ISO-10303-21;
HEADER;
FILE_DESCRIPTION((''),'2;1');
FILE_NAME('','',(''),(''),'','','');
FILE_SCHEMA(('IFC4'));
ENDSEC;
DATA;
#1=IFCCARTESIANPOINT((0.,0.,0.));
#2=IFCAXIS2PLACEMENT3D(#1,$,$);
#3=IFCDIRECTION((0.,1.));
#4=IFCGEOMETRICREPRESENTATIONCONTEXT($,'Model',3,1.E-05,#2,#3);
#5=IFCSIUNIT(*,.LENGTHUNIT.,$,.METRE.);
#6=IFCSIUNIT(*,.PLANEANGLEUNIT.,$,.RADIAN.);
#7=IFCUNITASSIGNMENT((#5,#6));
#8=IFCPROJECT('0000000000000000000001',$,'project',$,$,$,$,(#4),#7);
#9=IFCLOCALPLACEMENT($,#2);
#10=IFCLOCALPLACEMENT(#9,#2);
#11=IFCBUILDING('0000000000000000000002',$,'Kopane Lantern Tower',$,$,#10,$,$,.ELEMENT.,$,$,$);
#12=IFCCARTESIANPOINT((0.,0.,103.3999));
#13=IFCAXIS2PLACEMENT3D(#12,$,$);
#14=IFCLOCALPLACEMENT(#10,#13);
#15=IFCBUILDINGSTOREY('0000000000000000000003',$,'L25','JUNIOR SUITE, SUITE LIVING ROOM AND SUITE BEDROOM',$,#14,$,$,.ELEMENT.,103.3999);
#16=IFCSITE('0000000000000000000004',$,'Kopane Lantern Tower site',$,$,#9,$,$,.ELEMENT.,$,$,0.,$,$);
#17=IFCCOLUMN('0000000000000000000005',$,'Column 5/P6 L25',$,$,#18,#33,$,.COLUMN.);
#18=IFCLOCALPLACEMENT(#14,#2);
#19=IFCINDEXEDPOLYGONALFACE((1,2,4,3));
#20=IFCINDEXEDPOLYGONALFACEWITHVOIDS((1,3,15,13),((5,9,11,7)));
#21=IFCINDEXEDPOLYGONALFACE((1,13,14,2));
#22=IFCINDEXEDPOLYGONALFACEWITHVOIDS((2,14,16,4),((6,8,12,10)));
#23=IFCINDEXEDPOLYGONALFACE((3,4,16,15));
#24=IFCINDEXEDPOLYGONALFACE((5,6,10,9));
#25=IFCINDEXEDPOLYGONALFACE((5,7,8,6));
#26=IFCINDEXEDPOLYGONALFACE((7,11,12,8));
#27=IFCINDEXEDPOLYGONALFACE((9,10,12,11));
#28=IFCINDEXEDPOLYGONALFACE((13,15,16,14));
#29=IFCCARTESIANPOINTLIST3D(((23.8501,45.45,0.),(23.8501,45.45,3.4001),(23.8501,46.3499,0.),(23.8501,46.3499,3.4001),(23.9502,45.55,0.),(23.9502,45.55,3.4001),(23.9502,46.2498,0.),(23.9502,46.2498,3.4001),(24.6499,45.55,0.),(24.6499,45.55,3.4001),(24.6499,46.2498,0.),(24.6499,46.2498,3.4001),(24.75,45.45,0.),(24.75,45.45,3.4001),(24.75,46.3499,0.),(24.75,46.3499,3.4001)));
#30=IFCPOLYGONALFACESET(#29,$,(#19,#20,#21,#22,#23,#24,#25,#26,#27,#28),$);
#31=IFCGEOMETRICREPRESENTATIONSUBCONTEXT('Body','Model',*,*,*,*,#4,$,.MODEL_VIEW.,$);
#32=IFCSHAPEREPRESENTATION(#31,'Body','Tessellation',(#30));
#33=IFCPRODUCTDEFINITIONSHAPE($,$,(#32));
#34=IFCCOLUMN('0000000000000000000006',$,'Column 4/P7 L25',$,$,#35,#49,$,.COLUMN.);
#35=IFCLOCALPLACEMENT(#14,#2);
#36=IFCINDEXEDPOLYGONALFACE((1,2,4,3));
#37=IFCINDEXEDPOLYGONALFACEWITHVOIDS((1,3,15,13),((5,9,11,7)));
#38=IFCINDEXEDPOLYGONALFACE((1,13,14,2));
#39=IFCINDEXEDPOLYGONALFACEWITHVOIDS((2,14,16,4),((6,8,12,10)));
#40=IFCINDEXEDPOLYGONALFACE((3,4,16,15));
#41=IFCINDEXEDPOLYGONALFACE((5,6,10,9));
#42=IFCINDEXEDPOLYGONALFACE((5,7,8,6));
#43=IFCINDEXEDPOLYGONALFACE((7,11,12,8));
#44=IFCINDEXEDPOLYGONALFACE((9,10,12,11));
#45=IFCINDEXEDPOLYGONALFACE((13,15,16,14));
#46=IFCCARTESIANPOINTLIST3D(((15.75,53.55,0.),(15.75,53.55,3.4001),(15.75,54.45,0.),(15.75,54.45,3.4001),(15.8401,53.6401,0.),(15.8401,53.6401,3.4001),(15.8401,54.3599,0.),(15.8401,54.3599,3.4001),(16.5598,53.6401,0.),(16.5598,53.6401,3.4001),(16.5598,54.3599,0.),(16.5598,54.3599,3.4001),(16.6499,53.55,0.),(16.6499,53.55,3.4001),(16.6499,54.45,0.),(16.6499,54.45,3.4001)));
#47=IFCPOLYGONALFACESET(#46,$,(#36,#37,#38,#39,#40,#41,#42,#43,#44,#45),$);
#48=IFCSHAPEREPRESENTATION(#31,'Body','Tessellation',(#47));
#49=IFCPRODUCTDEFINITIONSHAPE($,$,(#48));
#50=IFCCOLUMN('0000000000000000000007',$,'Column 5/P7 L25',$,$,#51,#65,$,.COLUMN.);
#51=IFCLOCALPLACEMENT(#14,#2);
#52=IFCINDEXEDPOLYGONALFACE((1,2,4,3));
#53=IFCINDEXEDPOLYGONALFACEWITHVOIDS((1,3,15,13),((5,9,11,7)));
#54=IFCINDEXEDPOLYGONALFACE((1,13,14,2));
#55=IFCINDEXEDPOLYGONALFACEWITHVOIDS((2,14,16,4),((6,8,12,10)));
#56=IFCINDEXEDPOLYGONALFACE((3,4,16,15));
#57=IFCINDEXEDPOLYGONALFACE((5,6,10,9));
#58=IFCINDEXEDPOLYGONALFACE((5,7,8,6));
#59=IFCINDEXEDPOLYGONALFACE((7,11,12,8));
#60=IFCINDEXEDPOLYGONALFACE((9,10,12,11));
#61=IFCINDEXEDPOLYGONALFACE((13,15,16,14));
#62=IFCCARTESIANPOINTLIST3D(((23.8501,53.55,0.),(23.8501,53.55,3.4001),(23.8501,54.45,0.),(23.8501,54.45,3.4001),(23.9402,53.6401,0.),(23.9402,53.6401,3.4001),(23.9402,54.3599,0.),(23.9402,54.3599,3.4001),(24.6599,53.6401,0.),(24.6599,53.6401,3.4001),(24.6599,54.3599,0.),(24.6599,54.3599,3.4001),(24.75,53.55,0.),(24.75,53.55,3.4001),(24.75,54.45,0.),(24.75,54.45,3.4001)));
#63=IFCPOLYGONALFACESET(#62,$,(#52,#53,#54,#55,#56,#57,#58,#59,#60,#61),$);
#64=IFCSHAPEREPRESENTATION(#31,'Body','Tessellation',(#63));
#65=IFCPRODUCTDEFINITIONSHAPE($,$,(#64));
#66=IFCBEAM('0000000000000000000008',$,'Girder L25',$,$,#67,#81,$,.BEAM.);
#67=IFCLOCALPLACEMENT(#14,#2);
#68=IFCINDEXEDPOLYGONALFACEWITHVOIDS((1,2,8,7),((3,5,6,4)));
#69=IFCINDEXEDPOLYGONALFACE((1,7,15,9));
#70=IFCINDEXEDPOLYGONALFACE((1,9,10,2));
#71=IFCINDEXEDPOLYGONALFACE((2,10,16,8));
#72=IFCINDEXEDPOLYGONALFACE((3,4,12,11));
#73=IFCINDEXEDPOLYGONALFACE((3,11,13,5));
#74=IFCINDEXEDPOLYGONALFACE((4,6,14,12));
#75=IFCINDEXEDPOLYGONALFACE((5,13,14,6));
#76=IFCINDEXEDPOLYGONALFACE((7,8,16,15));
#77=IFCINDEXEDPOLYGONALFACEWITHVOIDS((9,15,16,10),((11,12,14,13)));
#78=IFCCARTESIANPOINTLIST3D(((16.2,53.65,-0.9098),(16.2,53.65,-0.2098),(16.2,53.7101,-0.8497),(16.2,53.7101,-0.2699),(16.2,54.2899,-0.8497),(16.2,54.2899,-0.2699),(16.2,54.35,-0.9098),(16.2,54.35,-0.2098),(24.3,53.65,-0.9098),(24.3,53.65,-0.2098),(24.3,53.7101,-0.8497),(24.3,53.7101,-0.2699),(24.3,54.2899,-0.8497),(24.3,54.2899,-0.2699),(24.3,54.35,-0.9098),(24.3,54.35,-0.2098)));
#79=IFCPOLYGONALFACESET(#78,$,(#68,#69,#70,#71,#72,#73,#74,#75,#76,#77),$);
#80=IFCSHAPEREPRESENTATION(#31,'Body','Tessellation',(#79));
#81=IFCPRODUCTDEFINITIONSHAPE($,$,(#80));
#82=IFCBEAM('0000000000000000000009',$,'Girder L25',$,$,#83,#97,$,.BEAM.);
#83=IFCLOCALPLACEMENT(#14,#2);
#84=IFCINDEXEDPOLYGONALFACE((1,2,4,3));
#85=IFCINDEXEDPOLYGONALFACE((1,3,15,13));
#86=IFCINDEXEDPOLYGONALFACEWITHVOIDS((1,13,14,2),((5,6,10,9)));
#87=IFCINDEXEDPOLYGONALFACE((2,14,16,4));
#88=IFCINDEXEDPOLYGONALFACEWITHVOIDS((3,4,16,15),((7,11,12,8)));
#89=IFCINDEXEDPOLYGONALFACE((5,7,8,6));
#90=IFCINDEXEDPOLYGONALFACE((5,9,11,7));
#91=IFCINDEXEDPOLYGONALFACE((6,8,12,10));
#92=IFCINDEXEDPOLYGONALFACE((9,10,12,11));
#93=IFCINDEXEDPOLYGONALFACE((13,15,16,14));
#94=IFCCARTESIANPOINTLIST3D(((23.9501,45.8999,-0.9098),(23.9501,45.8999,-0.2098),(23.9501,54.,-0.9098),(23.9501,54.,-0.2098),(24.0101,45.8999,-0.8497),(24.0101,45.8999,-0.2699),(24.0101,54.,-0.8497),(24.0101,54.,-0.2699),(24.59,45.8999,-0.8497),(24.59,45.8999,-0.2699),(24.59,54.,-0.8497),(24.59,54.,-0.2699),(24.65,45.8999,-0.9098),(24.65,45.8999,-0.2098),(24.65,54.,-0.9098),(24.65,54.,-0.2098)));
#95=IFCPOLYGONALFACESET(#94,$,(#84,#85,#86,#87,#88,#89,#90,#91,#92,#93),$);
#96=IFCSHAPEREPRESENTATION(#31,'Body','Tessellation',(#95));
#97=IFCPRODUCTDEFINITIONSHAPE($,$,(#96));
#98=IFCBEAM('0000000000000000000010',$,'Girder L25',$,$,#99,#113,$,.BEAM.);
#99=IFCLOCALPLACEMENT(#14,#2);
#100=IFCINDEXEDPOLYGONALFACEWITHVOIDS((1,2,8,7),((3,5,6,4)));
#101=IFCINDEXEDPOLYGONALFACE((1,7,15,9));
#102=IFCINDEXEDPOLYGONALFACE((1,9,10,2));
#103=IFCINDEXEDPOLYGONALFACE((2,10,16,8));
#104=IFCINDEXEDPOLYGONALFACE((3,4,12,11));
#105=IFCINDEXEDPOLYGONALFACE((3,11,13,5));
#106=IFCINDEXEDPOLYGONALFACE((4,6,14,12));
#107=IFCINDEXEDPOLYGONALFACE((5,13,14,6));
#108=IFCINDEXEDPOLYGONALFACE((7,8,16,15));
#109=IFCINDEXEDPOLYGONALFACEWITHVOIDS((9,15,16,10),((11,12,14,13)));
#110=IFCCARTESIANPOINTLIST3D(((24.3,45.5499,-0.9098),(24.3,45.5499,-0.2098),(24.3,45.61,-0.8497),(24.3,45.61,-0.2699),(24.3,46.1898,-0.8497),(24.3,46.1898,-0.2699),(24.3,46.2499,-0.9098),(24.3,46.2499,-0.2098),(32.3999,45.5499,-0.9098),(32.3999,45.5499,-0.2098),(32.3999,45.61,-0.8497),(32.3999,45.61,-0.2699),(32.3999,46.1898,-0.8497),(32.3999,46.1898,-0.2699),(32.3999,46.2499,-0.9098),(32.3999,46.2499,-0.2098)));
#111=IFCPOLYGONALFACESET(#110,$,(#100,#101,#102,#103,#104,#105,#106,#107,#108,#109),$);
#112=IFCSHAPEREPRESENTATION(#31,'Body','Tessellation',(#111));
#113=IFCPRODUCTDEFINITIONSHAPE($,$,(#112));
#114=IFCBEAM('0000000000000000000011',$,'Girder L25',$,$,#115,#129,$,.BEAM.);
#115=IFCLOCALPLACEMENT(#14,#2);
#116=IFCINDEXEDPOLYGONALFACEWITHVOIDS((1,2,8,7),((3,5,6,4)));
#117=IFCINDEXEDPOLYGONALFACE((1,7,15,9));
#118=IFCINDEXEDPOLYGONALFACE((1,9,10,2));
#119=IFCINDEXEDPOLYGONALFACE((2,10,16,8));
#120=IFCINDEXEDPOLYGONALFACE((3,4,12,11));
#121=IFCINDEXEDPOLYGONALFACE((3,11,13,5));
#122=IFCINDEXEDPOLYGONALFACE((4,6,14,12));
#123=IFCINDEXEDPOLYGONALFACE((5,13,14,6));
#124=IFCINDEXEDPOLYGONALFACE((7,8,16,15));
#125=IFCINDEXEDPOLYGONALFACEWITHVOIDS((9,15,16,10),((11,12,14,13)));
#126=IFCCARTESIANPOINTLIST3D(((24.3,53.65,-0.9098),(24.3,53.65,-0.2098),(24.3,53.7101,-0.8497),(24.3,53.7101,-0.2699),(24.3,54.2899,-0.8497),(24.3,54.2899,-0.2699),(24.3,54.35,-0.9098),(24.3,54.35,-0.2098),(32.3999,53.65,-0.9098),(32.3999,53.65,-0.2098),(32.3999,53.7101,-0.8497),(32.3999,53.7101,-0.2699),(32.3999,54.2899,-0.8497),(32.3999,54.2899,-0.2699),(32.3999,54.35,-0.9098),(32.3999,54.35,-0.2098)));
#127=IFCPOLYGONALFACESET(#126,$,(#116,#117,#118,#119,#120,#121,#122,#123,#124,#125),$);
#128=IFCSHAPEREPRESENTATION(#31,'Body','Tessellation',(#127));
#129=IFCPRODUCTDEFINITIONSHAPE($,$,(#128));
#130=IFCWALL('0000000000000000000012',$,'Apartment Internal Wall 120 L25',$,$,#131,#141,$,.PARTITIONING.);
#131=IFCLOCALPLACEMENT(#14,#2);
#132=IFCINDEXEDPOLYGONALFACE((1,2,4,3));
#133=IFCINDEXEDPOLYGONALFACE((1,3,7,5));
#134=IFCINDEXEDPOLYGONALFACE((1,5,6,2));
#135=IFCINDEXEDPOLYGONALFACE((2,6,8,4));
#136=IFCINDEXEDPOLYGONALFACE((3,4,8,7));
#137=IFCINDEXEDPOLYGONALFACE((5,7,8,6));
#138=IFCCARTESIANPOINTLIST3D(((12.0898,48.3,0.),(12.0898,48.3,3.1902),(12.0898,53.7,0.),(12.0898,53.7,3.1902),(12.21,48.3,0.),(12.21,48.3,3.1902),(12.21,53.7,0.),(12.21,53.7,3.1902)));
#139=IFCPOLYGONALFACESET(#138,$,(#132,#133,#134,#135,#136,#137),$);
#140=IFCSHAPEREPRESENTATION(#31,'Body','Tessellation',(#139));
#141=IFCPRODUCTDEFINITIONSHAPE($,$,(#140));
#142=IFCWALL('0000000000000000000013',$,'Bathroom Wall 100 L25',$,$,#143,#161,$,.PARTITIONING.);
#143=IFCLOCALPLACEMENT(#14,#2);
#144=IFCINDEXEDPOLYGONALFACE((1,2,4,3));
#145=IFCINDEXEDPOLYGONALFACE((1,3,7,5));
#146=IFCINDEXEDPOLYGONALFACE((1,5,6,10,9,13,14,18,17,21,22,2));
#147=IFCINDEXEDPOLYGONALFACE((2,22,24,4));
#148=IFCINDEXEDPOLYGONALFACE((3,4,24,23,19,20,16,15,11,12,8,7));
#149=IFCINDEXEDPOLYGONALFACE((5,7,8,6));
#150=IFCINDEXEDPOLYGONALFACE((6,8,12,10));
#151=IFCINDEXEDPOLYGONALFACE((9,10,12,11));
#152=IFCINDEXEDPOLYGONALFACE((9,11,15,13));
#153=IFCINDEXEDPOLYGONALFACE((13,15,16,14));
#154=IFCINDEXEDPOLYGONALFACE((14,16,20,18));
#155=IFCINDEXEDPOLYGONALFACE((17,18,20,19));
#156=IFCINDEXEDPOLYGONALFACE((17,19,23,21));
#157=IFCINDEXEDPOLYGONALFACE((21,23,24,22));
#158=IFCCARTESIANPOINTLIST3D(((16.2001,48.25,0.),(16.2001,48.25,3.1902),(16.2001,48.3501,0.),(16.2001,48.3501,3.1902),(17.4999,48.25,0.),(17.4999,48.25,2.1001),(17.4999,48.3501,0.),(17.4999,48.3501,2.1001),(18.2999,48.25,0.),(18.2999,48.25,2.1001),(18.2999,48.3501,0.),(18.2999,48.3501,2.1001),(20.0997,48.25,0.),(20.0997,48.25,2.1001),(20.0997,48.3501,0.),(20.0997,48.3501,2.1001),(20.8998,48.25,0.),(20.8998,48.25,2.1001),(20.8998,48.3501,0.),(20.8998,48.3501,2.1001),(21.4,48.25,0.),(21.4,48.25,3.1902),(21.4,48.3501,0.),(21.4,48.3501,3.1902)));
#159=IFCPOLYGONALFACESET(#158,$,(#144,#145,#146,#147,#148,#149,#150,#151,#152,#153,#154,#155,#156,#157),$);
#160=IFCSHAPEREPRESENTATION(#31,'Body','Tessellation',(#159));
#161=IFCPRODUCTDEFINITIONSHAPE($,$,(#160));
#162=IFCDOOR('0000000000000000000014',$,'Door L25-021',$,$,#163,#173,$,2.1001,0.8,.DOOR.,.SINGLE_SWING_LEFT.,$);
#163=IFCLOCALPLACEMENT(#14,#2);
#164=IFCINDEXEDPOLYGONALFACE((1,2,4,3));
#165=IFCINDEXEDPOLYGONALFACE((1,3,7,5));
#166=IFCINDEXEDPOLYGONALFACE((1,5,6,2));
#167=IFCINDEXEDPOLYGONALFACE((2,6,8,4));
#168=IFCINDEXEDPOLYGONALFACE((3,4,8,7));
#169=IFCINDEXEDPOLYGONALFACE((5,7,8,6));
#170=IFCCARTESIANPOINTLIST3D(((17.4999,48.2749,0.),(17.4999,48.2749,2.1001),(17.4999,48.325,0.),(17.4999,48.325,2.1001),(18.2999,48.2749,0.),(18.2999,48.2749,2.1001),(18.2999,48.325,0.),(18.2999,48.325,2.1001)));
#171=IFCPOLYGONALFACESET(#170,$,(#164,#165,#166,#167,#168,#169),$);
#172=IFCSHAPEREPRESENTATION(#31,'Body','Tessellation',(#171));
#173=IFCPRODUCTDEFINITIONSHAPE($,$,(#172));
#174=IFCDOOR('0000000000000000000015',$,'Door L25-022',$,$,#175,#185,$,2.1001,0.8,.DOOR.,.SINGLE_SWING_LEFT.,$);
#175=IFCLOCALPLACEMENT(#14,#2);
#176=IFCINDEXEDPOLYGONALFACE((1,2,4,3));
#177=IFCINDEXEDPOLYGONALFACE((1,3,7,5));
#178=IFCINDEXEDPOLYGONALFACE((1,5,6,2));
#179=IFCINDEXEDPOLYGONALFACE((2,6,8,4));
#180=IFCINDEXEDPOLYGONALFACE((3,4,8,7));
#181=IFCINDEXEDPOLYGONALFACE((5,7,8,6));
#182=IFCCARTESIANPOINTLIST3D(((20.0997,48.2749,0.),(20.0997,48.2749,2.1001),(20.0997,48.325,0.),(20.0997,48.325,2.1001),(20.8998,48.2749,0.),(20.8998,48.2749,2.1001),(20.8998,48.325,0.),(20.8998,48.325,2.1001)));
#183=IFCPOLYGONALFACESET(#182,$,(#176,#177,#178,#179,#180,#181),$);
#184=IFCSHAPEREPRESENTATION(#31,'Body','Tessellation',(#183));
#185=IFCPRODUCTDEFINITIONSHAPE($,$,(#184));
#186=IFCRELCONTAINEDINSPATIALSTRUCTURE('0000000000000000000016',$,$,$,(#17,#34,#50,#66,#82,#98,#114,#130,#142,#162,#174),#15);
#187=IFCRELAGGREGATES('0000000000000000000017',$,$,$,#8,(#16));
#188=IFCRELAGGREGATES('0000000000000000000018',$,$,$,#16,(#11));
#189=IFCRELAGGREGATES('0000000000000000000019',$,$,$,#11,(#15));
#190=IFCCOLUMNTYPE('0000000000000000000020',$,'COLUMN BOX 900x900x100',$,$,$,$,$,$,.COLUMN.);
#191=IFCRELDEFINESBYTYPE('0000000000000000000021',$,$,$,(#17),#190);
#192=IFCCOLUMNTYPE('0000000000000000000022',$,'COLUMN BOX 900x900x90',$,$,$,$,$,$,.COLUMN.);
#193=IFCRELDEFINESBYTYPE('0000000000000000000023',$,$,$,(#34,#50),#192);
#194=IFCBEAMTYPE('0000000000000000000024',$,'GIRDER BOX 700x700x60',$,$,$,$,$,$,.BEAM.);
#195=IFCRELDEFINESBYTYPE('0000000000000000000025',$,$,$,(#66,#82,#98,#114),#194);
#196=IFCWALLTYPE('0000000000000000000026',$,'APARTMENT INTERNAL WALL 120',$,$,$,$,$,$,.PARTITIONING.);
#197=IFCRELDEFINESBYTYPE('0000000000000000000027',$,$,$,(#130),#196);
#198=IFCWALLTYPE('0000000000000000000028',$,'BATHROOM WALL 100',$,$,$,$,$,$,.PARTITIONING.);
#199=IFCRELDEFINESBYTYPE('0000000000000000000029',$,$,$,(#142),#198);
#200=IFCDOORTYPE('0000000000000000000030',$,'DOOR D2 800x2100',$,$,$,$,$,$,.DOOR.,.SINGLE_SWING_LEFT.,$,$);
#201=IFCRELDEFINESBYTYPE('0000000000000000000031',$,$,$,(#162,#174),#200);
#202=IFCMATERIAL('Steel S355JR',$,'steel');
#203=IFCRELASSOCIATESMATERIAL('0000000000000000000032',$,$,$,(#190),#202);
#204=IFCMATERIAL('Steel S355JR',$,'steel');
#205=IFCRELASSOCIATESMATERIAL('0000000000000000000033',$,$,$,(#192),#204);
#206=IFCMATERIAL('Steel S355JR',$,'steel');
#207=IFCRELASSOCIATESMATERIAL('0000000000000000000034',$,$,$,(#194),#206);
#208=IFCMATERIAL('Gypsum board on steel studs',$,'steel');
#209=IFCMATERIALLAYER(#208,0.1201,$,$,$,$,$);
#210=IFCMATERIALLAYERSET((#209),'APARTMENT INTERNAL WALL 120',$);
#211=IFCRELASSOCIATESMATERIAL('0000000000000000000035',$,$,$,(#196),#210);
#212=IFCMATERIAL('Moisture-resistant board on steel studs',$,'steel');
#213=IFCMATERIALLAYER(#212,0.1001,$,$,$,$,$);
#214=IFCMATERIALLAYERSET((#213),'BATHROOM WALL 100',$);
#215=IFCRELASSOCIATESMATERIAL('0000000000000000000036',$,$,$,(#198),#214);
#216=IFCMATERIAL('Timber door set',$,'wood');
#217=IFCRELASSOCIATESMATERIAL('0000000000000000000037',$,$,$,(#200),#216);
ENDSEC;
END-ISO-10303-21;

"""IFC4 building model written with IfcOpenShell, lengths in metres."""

from ifc_helpers import new_model, si_unit, direction, frame, frame_2d, origin, origin_2d, place, context, subcontext, project, spatial, rectangle, hollow_rectangle, extrude, material, layer, layer_set, material_profile, profile_set, type_object, element, fill, save


model = new_model("IFC4")

# Units and contexts
model_context = context("Model", 3, precision=1e-05, world=origin(), true_north=direction((0.0, 1.0)))
body_context = subcontext(model_context, "Body", "Model", "MODEL_VIEW")
ifc_project = project(units=[si_unit("LENGTHUNIT", "METRE"), si_unit("PLANEANGLEUNIT", "RADIAN")], contexts=[model_context])

# Site, building, storey
site_placement = place(None, origin())
site = spatial("IfcSite", under=ifc_project, at=site_placement, Name="Kopane Lantern Tower site", CompositionType="ELEMENT", RefElevation=0.0)
building_placement = place(site_placement, origin())
building = spatial("IfcBuilding", under=site, at=building_placement, Name="Kopane Lantern Tower", CompositionType="ELEMENT")
storey_placement = place(building_placement, frame((0.0, 0.0, 103.3999)))
storey = spatial("IfcBuildingStorey", under=building, at=storey_placement, Name="L25", Description="JUNIOR SUITE, SUITE LIVING ROOM AND SUITE BEDROOM", CompositionType="ELEMENT", Elevation=103.3999)

# Columns
ifc_material_1 = material(Name="Steel S355JR", Category="steel")
ifc_material_profile_1 = material_profile(ifc_material_1, hollow_rectangle(XDim=0.8999, YDim=0.8999, WallThickness=0.1001, at=origin_2d()), Name="BOX 900x900x100")
ifc_profile_set_1 = profile_set([ifc_material_profile_1], Name="Steel S355JR")
column_type_1 = type_object("IfcColumnType", Name="COLUMN BOX 900x900x100", PredefinedType="COLUMN", material=ifc_profile_set_1)
column_placement = place(storey_placement, frame((24.3, 45.8999, 0.0), z_axis=(0.0, 0.0, 1.0), x_axis=(1.0, 0.0, 0.0)))
element("IfcColumn", 1, at=column_placement, inside=storey, type_object=column_type_1, Name="Column 5/P6 L25", PredefinedType="COLUMN", context=body_context, shape_type="SweptSolid", body=[
    extrude(hollow_rectangle(XDim=0.8999, YDim=0.8999, WallThickness=0.1001, at=origin_2d()), origin(), (0.0, 0.0, 1.0), 3.4001),
])
ifc_material_2 = material(Name="Steel S355JR", Category="steel")
ifc_material_profile_2 = material_profile(ifc_material_2, hollow_rectangle(XDim=0.8999, YDim=0.8999, WallThickness=0.0901, at=origin_2d()), Name="BOX 900x900x90")
ifc_profile_set_2 = profile_set([ifc_material_profile_2], Name="Steel S355JR")
column_type_2 = type_object("IfcColumnType", Name="COLUMN BOX 900x900x90", PredefinedType="COLUMN", material=ifc_profile_set_2)
for number, where, z_axis, x_axis, name in (
    (2, (16.2, 54.0, 0.0), (0.0, 0.0, 1.0), (1.0, 0.0, 0.0), "Column 4/P7 L25"),
    (3, (24.3, 54.0, 0.0), (0.0, 0.0, 1.0), (1.0, 0.0, 0.0), "Column 5/P7 L25"),
):
    element("IfcColumn", number, at=place(storey_placement, frame(where, z_axis=z_axis, x_axis=x_axis)), inside=storey, type_object=column_type_2, Name=name, PredefinedType="COLUMN", context=body_context, shape_type="SweptSolid", body=[
        extrude(hollow_rectangle(XDim=0.8999, YDim=0.8999, WallThickness=0.0901, at=origin_2d()), origin(), (0.0, 0.0, 1.0), 3.4001),
    ])

# Beams
ifc_material_3 = material(Name="Steel S355JR", Category="steel")
ifc_material_profile_3 = material_profile(ifc_material_3, hollow_rectangle(XDim=0.7, YDim=0.7, WallThickness=0.0601, at=origin_2d()), Name="BOX 700x700x60")
ifc_profile_set_3 = profile_set([ifc_material_profile_3], Name="Steel S355JR")
beam_type = type_object("IfcBeamType", Name="GIRDER BOX 700x700x60", PredefinedType="BEAM", material=ifc_profile_set_3)
for number, where, z_axis, x_axis, name in (
    (4, (16.2, 54.0, -0.5598), (1.0, 0.0, 0.0), (0.0, 1.0, 0.0), "Girder L25"),
    (5, (24.3, 45.8999, -0.5598), (0.0, 1.0, 0.0), (-1.0, 0.0, 0.0), "Girder L25"),
):
    element("IfcBeam", number, at=place(storey_placement, frame(where, z_axis=z_axis, x_axis=x_axis)), inside=storey, type_object=beam_type, Name=name, PredefinedType="BEAM", context=body_context, shape_type="SweptSolid", body=[
        extrude(hollow_rectangle(XDim=0.7, YDim=0.7, WallThickness=0.0601, at=origin_2d()), origin(), (0.0, 0.0, 1.0), 8.1001),
    ])
for number, where, z_axis, x_axis, name in (
    (6, (24.3, 45.8999, -0.5598), (1.0, 0.0, 0.0), (0.0, 1.0, 0.0), "Girder L25"),
    (7, (24.3, 54.0, -0.5598), (1.0, 0.0, 0.0), (0.0, 1.0, 0.0), "Girder L25"),
):
    element("IfcBeam", number, at=place(storey_placement, frame(where, z_axis=z_axis, x_axis=x_axis)), inside=storey, type_object=beam_type, Name=name, PredefinedType="BEAM", context=body_context, shape_type="SweptSolid", body=[
        extrude(hollow_rectangle(XDim=0.7, YDim=0.7, WallThickness=0.0601, at=origin_2d()), origin(), (0.0, 0.0, 1.0), 8.0999),
    ])

# Wall
ifc_material_4 = material(Name="Gypsum board on steel studs", Category="steel")
ifc_layer_1 = layer(ifc_material_4, 0.1201)
ifc_layer_set_1 = layer_set([ifc_layer_1], Name="APARTMENT INTERNAL WALL 120")
wall_type_1 = type_object("IfcWallType", Name="APARTMENT INTERNAL WALL 120", PredefinedType="PARTITIONING", material=ifc_layer_set_1)
wall_1_placement = place(storey_placement, frame((12.1499, 48.3, 0.0), z_axis=(0.0, 0.0, 1.0), x_axis=(0.0, 1.0, 0.0)))
element("IfcWall", 8, at=wall_1_placement, inside=storey, type_object=wall_type_1, Name="Apartment Internal Wall 120 L25", PredefinedType="PARTITIONING", context=body_context, shape_type="SweptSolid", body=[
    extrude(rectangle(XDim=5.3999, YDim=0.1201, at=frame_2d((2.7, 0.0))), origin(), (0.0, 0.0, 1.0), 3.1902),
])

# Wall, openings, doors
ifc_material_5 = material(Name="Moisture-resistant board on steel studs", Category="steel")
ifc_layer_2 = layer(ifc_material_5, 0.1001)
ifc_layer_set_2 = layer_set([ifc_layer_2], Name="BATHROOM WALL 100")
wall_type_2 = type_object("IfcWallType", Name="BATHROOM WALL 100", PredefinedType="PARTITIONING", material=ifc_layer_set_2)
wall_2_placement = place(storey_placement, frame((16.2, 48.3, 0.0), z_axis=(0.0, 0.0, 1.0), x_axis=(1.0, 0.0, 0.0)))
wall_2 = element("IfcWall", 9, at=wall_2_placement, inside=storey, type_object=wall_type_2, Name="Bathroom Wall 100 L25", PredefinedType="PARTITIONING", context=body_context, shape_type="SweptSolid", body=[
    extrude(rectangle(XDim=5.2, YDim=0.1001, at=frame_2d((2.6001, 0.0))), origin(), (0.0, 0.0, 1.0), 3.1902),
])
opening_1_placement = place(wall_2_placement, frame((1.3, 0.0, 0.0)))
opening_1 = element("IfcOpeningElement", 10, at=opening_1_placement, cuts=wall_2, PredefinedType="OPENING", context=body_context, shape_type="SweptSolid", body=[
    extrude(rectangle(XDim=0.8, YDim=2.1001, at=frame_2d((0.3999, 1.05))), frame((0.0, 0.0601, 0.0), z_axis=(0.0, -1.0, 0.0), x_axis=(1.0, 0.0, 0.0)), (0.0, 0.0, 1.0), 0.1201),
])
opening_2_placement = place(wall_2_placement, frame((3.8999, 0.0, 0.0)))
opening_2 = element("IfcOpeningElement", 11, at=opening_2_placement, cuts=wall_2, PredefinedType="OPENING", context=body_context, shape_type="SweptSolid", body=[
    extrude(rectangle(XDim=0.8, YDim=2.1001, at=frame_2d((0.3999, 1.05))), frame((0.0, 0.0601, 0.0), z_axis=(0.0, -1.0, 0.0), x_axis=(1.0, 0.0, 0.0)), (0.0, 0.0, 1.0), 0.1201),
])
ifc_material_6 = material(Name="Timber door set", Category="wood")
door_type = type_object("IfcDoorType", Name="DOOR D2 800x2100", OperationType="SINGLE_SWING_LEFT", PredefinedType="DOOR", material=ifc_material_6)
door_1_placement = place(opening_1_placement, origin())
door_1 = element("IfcDoor", 12, at=door_1_placement, inside=storey, type_object=door_type, Name="Door L25-021", OperationType="SINGLE_SWING_LEFT", OverallHeight=2.1001, OverallWidth=0.8, PredefinedType="DOOR", context=body_context, shape_type="SweptSolid", body=[
    extrude(rectangle(XDim=0.8, YDim=2.1001, at=frame_2d((0.3999, 1.05))), frame((0.0, 0.0249, 0.0), z_axis=(0.0, -1.0, 0.0), x_axis=(1.0, 0.0, 0.0)), (0.0, 0.0, 1.0), 0.05),
])
fill(opening_1, door_1)
door_2_placement = place(opening_2_placement, origin())
door_2 = element("IfcDoor", 13, at=door_2_placement, inside=storey, type_object=door_type, Name="Door L25-022", OperationType="SINGLE_SWING_LEFT", OverallHeight=2.1001, OverallWidth=0.8, PredefinedType="DOOR", context=body_context, shape_type="SweptSolid", body=[
    extrude(rectangle(XDim=0.8, YDim=2.1001, at=frame_2d((0.3999, 1.05))), frame((0.0, 0.0249, 0.0), z_axis=(0.0, -1.0, 0.0), x_axis=(1.0, 0.0, 0.0)), (0.0, 0.0, 1.0), 0.05),
])
fill(opening_2, door_2)

save(model, "model.ifc")
